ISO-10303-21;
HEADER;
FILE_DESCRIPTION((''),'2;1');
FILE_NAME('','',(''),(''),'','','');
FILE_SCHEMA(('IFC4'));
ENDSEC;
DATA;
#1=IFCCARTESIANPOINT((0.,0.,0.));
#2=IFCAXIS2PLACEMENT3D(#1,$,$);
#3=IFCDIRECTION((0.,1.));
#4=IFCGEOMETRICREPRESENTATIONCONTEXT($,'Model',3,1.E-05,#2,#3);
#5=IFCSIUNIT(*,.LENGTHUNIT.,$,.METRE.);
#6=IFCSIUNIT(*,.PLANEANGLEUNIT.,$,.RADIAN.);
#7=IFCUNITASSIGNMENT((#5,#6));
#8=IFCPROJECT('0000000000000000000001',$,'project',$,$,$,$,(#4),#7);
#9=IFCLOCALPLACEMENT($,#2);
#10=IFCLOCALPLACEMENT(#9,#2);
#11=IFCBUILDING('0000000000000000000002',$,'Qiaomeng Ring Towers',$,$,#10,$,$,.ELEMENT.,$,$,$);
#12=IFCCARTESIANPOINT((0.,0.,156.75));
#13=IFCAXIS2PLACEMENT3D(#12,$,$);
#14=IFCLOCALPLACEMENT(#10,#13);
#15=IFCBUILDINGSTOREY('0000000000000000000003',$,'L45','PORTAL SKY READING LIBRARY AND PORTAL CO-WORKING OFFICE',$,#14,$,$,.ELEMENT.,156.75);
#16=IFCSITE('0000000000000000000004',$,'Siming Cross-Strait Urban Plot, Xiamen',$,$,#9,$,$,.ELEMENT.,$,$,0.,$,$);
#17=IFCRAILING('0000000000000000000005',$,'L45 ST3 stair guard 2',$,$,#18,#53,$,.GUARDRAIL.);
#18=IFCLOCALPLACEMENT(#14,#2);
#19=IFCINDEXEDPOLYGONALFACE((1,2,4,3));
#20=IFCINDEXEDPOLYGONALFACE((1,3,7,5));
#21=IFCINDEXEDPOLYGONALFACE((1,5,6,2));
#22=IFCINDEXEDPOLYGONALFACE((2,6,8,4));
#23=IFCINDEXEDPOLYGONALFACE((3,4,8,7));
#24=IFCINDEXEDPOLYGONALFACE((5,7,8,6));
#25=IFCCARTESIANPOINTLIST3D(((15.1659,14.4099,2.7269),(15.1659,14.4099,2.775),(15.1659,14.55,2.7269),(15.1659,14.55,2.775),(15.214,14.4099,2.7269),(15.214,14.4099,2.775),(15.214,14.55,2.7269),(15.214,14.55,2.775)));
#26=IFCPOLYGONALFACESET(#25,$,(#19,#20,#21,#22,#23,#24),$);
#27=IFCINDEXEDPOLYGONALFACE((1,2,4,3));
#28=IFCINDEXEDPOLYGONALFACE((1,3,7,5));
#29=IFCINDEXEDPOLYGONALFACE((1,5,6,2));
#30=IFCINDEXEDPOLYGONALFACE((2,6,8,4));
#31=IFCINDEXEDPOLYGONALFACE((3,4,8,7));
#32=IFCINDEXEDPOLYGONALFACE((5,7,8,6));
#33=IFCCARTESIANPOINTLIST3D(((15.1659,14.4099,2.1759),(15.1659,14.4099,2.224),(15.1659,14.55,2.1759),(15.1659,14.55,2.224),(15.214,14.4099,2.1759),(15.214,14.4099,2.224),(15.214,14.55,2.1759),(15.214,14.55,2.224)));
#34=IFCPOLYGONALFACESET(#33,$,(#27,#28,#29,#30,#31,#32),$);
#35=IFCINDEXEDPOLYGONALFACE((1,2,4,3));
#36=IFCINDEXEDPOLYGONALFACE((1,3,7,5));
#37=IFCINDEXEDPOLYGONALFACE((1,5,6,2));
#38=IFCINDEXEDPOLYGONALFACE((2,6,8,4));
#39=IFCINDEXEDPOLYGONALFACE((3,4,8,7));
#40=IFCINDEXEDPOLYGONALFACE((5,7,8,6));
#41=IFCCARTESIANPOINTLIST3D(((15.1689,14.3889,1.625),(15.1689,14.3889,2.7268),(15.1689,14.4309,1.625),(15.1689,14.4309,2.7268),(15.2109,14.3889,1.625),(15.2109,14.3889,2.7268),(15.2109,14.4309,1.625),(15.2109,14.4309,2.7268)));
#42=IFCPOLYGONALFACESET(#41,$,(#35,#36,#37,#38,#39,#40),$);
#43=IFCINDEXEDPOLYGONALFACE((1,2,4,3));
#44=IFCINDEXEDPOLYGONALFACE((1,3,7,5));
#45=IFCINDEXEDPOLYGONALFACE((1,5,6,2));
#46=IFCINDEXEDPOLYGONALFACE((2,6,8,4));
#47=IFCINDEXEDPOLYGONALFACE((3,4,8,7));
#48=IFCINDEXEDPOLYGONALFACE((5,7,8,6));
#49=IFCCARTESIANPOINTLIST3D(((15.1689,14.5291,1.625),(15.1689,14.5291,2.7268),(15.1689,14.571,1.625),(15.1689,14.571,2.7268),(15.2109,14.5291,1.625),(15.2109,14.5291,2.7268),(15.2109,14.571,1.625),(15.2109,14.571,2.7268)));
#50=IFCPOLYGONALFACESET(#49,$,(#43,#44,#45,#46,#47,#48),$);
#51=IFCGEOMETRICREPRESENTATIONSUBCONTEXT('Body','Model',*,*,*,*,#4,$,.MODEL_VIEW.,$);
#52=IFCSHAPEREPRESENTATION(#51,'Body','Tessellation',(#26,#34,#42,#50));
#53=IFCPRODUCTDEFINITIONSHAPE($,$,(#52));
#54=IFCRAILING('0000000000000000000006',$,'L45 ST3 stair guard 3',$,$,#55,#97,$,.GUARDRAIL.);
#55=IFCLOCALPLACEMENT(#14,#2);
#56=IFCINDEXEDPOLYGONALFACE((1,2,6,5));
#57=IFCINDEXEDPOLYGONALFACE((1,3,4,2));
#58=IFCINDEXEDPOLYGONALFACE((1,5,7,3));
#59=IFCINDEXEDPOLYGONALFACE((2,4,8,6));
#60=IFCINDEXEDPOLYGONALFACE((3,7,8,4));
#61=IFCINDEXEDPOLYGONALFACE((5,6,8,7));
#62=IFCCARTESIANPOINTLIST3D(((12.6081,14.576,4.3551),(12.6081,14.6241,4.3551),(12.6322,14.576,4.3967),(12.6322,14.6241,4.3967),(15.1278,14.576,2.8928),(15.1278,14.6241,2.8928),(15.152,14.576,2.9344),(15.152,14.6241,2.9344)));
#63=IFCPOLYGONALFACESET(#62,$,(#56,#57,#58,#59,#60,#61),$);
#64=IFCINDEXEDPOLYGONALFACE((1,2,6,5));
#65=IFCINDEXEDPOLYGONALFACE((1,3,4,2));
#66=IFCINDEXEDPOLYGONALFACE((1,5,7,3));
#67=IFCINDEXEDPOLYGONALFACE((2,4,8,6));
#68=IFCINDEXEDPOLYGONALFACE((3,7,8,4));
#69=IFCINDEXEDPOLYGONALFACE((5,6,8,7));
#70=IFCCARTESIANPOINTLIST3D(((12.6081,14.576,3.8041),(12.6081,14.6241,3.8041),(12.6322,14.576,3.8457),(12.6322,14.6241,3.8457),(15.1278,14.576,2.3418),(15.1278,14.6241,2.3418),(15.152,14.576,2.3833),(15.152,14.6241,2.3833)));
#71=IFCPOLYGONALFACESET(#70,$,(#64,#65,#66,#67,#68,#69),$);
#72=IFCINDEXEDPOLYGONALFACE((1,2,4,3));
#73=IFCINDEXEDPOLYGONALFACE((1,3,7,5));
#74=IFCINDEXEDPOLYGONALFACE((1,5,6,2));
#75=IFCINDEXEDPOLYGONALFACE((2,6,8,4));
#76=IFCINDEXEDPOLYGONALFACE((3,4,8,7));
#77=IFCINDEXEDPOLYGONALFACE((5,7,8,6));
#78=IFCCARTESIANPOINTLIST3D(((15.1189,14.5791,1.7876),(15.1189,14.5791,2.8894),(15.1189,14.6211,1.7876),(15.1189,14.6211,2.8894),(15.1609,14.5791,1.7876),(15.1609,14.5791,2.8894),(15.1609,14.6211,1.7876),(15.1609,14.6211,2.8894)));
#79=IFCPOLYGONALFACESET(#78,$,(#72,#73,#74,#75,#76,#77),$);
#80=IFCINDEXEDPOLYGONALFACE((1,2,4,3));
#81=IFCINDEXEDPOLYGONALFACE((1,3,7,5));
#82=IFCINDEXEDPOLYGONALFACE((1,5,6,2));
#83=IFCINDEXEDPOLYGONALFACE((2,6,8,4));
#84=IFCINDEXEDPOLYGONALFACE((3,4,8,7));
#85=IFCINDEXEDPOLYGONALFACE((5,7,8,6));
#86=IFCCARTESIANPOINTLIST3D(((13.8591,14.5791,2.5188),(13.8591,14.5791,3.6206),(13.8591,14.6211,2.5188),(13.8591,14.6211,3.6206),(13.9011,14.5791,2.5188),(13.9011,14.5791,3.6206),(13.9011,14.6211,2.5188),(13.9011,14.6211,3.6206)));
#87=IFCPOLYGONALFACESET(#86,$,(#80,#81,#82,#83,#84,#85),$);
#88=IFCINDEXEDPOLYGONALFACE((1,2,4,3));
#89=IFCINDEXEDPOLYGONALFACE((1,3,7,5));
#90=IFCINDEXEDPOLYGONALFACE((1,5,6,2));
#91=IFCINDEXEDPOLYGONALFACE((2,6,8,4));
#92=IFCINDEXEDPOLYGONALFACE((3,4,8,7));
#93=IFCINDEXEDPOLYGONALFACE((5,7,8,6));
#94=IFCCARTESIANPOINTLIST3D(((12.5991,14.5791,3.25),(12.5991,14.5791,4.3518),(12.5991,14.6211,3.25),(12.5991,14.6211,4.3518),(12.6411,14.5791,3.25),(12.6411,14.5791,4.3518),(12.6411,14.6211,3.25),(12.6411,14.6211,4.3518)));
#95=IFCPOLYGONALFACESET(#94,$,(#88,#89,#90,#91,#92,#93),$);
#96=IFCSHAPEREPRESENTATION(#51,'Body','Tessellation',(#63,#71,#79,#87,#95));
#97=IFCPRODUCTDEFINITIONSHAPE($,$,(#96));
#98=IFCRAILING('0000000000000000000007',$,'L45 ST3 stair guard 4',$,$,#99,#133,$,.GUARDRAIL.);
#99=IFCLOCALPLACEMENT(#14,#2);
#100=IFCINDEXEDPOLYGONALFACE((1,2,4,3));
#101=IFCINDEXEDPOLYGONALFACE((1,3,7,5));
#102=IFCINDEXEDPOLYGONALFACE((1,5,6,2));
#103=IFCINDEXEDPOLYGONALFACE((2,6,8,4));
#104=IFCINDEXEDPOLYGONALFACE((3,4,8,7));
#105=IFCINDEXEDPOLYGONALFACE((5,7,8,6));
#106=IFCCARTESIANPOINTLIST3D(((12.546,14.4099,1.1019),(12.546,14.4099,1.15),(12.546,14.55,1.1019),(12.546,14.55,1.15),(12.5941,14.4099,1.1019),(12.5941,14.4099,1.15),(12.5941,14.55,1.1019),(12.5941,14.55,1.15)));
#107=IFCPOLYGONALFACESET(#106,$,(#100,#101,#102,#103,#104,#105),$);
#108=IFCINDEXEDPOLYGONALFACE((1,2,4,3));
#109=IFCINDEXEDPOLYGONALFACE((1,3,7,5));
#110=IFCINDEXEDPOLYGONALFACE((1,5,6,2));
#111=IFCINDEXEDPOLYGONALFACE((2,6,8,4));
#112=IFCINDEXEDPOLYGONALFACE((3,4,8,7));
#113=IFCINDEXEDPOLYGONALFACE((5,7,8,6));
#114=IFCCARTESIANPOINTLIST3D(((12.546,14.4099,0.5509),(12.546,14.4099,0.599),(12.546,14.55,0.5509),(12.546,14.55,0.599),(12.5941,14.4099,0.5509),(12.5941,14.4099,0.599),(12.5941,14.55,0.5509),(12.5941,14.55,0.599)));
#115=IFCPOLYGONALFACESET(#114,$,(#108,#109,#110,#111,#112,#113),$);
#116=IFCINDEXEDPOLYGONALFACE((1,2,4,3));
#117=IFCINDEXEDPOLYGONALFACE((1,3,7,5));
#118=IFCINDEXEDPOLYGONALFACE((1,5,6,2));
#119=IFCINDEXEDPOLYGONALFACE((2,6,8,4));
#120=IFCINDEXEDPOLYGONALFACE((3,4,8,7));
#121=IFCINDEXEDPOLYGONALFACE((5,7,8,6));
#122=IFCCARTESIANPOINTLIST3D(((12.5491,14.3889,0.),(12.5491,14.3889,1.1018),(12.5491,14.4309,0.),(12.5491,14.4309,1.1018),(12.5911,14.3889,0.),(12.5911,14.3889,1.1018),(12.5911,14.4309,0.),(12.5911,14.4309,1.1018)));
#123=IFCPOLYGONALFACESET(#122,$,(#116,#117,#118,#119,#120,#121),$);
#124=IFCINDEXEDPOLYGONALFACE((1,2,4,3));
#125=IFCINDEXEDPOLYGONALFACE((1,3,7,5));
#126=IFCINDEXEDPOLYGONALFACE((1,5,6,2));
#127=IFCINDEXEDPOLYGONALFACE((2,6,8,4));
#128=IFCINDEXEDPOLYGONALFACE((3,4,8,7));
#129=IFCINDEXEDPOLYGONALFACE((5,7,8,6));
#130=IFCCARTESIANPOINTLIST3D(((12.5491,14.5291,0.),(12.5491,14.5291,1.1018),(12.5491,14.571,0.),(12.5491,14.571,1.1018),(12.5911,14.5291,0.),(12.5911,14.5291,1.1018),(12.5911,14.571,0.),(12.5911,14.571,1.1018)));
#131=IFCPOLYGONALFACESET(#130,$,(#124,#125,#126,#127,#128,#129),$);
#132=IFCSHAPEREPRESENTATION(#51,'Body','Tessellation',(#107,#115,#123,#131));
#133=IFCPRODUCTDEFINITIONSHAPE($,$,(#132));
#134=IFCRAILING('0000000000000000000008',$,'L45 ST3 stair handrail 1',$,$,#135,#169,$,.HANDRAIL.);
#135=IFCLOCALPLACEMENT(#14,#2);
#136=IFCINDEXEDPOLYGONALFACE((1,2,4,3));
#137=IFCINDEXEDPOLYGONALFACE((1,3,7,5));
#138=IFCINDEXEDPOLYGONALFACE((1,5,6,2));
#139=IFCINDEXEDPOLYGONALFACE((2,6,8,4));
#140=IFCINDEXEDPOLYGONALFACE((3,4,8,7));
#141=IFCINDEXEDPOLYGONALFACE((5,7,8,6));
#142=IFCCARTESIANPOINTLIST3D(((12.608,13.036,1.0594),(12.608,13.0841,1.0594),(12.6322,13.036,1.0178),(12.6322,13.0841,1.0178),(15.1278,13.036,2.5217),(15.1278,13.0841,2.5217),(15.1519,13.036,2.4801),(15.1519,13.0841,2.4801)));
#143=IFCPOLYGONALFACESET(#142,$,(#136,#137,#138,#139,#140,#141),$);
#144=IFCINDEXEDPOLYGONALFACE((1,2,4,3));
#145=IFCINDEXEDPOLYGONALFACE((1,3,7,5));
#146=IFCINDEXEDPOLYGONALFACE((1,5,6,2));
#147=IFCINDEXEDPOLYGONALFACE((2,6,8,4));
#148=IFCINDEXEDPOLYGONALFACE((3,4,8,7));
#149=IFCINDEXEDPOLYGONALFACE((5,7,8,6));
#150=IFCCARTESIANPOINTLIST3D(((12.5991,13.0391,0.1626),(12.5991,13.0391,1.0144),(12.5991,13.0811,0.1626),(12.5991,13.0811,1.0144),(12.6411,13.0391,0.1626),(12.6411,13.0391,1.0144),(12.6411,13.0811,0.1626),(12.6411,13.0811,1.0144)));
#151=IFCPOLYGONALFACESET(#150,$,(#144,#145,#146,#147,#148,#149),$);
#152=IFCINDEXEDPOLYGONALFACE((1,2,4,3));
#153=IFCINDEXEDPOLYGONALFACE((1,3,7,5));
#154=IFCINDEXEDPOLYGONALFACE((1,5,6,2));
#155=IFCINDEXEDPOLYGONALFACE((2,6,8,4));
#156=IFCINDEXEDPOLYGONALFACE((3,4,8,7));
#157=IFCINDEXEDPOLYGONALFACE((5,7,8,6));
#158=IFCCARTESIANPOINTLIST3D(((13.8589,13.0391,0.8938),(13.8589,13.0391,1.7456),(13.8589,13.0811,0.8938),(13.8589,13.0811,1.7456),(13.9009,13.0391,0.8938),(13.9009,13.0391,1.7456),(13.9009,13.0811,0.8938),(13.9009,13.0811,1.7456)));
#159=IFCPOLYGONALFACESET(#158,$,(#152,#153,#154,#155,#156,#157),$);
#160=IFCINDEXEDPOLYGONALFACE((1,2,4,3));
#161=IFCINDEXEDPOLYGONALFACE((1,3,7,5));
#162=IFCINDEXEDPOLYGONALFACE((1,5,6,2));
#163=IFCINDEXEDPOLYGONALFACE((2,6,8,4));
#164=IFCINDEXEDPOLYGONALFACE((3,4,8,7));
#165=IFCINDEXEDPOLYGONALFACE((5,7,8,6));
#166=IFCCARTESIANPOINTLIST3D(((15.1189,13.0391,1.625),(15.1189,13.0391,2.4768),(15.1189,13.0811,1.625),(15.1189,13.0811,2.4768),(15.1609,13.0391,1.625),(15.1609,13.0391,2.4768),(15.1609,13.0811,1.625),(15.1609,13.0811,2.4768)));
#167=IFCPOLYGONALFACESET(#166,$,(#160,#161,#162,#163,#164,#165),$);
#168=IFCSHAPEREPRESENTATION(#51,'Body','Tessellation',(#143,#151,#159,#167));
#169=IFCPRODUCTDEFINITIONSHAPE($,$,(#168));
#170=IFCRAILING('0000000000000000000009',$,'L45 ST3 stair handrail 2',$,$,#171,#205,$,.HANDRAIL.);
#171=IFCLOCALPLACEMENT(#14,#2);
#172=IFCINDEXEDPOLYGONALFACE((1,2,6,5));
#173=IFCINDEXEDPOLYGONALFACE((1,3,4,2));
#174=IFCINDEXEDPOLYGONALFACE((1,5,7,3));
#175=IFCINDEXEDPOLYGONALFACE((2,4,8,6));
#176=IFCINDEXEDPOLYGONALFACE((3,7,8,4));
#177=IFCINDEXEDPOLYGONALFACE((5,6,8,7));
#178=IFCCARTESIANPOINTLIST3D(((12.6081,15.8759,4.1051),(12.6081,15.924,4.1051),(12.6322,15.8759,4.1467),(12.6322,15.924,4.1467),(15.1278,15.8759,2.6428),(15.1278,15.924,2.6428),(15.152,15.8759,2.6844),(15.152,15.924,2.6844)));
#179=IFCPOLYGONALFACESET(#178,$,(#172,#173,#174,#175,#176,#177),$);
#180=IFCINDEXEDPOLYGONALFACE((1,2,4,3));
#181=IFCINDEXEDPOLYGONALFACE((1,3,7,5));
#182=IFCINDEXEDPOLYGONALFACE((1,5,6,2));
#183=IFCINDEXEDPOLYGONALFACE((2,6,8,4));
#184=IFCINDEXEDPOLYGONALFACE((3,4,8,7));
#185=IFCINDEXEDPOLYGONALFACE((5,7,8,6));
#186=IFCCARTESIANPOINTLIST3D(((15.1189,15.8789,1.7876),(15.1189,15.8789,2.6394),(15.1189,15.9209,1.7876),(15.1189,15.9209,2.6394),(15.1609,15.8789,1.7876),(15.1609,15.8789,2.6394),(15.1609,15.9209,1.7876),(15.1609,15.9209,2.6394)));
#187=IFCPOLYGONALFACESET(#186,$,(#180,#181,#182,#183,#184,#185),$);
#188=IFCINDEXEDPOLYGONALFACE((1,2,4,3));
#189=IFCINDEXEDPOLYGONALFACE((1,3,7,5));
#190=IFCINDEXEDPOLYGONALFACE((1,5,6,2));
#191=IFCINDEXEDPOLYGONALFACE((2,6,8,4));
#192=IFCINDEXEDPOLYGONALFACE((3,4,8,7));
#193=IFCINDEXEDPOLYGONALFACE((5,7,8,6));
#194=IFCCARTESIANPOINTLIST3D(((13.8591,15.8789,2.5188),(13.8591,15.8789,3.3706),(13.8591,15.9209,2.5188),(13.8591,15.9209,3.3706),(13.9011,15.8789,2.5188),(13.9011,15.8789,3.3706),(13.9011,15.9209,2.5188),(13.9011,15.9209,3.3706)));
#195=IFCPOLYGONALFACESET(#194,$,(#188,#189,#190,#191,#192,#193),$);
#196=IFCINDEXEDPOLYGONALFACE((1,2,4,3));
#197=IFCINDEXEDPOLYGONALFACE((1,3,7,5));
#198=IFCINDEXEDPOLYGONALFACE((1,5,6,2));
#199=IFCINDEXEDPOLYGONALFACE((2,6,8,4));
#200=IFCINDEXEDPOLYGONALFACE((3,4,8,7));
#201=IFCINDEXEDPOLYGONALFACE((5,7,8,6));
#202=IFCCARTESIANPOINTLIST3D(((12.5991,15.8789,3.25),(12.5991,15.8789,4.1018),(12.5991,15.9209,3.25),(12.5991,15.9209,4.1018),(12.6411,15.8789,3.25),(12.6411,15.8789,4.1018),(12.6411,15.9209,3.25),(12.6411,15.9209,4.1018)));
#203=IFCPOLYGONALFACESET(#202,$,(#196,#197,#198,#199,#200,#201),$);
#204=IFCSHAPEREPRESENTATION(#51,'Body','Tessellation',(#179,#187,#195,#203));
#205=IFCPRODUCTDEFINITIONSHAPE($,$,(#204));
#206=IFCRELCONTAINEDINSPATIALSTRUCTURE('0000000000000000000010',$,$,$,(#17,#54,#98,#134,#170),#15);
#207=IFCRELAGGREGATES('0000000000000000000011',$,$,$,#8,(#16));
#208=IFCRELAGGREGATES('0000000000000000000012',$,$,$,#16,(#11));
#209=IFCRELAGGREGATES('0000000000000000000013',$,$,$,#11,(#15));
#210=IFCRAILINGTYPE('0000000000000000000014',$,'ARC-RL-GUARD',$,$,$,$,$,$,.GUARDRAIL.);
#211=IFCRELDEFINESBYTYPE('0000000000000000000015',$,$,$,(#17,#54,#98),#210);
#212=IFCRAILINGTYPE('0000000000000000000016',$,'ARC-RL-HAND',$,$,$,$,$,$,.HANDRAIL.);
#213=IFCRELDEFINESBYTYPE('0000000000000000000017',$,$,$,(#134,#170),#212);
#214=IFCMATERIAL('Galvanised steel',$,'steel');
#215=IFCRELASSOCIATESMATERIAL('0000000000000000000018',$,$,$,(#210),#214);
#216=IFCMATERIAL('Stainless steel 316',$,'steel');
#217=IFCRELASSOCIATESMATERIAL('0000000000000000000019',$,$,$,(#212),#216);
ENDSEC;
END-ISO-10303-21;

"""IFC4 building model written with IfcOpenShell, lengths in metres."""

from ifc_helpers import new_model, si_unit, direction, frame, origin, origin_2d, place, context, subcontext, project, spatial, rectangle, extrude, material, type_object, element, save


model = new_model("IFC4")

# Units and contexts
model_context = context("Model", 3, precision=1e-05, world=origin(), true_north=direction((0.0, 1.0)))
body_context = subcontext(model_context, "Body", "Model", "MODEL_VIEW")
ifc_project = project(units=[si_unit("LENGTHUNIT", "METRE"), si_unit("PLANEANGLEUNIT", "RADIAN")], contexts=[model_context])

# Site, building, storey
site_placement = place(None, origin())
site = spatial("IfcSite", under=ifc_project, at=site_placement, Name="Siming Cross-Strait Urban Plot, Xiamen", CompositionType="ELEMENT", RefElevation=0.0)
building_placement = place(site_placement, origin())
building = spatial("IfcBuilding", under=site, at=building_placement, Name="Qiaomeng Ring Towers", CompositionType="ELEMENT")
storey_placement = place(building_placement, frame((0.0, 0.0, 156.75)))
storey = spatial("IfcBuildingStorey", under=building, at=storey_placement, Name="L45", Description="PORTAL SKY READING LIBRARY AND PORTAL CO-WORKING OFFICE", CompositionType="ELEMENT", Elevation=156.75)

# Shared definitions
ifc_material_1 = material(Name="Galvanised steel", Category="steel")

# Railings
railing_type_1 = type_object("IfcRailingType", Name="ARC-RL-GUARD", PredefinedType="GUARDRAIL", material=ifc_material_1)
railing_1_placement = place(storey_placement, frame((15.1899, 14.4099, 1.625)))
element("IfcRailing", 1, at=railing_1_placement, inside=storey, type_object=railing_type_1, Name="L45 ST3 stair guard 2", PredefinedType="GUARDRAIL", context=body_context, shape_type="SweptSolid", body=[
    extrude(rectangle(XDim=0.0481, YDim=0.0481, at=origin_2d()), frame((0.0, 0.0, 1.126), z_axis=(0.0, 1.0, 0.0), x_axis=(-1.0, 0.0, 0.0)), (0.0, 0.0, 1.0), 0.1401),
    extrude(rectangle(XDim=0.0481, YDim=0.0481, at=origin_2d()), frame((0.0, 0.0, 0.575), z_axis=(0.0, 1.0, 0.0), x_axis=(-1.0, 0.0, 0.0)), (0.0, 0.0, 1.0), 0.1401),
    extrude(rectangle(XDim=0.042, YDim=0.042, at=origin_2d()), origin(), (0.0, 0.0, 1.0), 1.1018),
    extrude(rectangle(XDim=0.042, YDim=0.042, at=origin_2d()), frame((0.0, 0.1401, 0.0)), (0.0, 0.0, 1.0), 1.1018),
])
railing_2_placement = place(storey_placement, frame((15.1399, 14.6001, 1.7876)))
element("IfcRailing", 2, at=railing_2_placement, inside=storey, type_object=railing_type_1, Name="L45 ST3 stair guard 3", PredefinedType="GUARDRAIL", context=body_context, shape_type="SweptSolid", body=[
    extrude(rectangle(XDim=0.0481, YDim=0.0481, at=origin_2d()), frame((0.0, 0.0, 1.126), z_axis=(-0.864892, 0.0, 0.501958), x_axis=(0.0, -1.0, 0.0)), (0.0, 0.0, 1.0), 2.9133),
    extrude(rectangle(XDim=0.0481, YDim=0.0481, at=origin_2d()), frame((0.0, 0.0, 0.575), z_axis=(-0.864892, 0.0, 0.501958), x_axis=(0.0, -1.0, 0.0)), (0.0, 0.0, 1.0), 2.9133),
    extrude(rectangle(XDim=0.042, YDim=0.042, at=origin_2d()), origin(), (0.0, 0.0, 1.0), 1.1018),
    extrude(rectangle(XDim=0.042, YDim=0.042, at=origin_2d()), frame((-1.2598, 0.0, 0.7312)), (0.0, 0.0, 1.0), 1.1018),
    extrude(rectangle(XDim=0.042, YDim=0.042, at=origin_2d()), frame((-2.5198, 0.0, 1.4624)), (0.0, 0.0, 1.0), 1.1018),
])
railing_3_placement = place(storey_placement, frame((12.5701, 14.4099, 0.0)))
element("IfcRailing", 3, at=railing_3_placement, inside=storey, type_object=railing_type_1, Name="L45 ST3 stair guard 4", PredefinedType="GUARDRAIL", context=body_context, shape_type="SweptSolid", body=[
    extrude(rectangle(XDim=0.0481, YDim=0.0481, at=origin_2d()), frame((0.0, 0.0, 1.126), z_axis=(0.0, 1.0, 0.0), x_axis=(-1.0, 0.0, 0.0)), (0.0, 0.0, 1.0), 0.1401),
    extrude(rectangle(XDim=0.0481, YDim=0.0481, at=origin_2d()), frame((0.0, 0.0, 0.575), z_axis=(0.0, 1.0, 0.0), x_axis=(-1.0, 0.0, 0.0)), (0.0, 0.0, 1.0), 0.1401),
    extrude(rectangle(XDim=0.042, YDim=0.042, at=origin_2d()), origin(), (0.0, 0.0, 1.0), 1.1018),
    extrude(rectangle(XDim=0.042, YDim=0.042, at=origin_2d()), frame((0.0, 0.1401, 0.0)), (0.0, 0.0, 1.0), 1.1018),
])
ifc_material_2 = material(Name="Stainless steel 316", Category="steel")
railing_type_2 = type_object("IfcRailingType", Name="ARC-RL-HAND", PredefinedType="HANDRAIL", material=ifc_material_2)
railing_4_placement = place(storey_placement, frame((12.6201, 13.0601, 0.1626)))
element("IfcRailing", 4, at=railing_4_placement, inside=storey, type_object=railing_type_2, Name="L45 ST3 stair handrail 1", PredefinedType="HANDRAIL", context=body_context, shape_type="SweptSolid", body=[
    extrude(rectangle(XDim=0.0481, YDim=0.0481, at=origin_2d()), frame((0.0, 0.0, 0.876), z_axis=(0.864892, 0.0, 0.501958), x_axis=(0.0, 1.0, 0.0)), (0.0, 0.0, 1.0), 2.9133),
    extrude(rectangle(XDim=0.042, YDim=0.042, at=origin_2d()), origin(), (0.0, 0.0, 1.0), 0.8518),
    extrude(rectangle(XDim=0.042, YDim=0.042, at=origin_2d()), frame((1.2598, 0.0, 0.7312)), (0.0, 0.0, 1.0), 0.8518),
    extrude(rectangle(XDim=0.042, YDim=0.042, at=origin_2d()), frame((2.5198, 0.0, 1.4624)), (0.0, 0.0, 1.0), 0.8518),
])
railing_5_placement = place(storey_placement, frame((15.1399, 15.8999, 1.7876)))
element("IfcRailing", 5, at=railing_5_placement, inside=storey, type_object=railing_type_2, Name="L45 ST3 stair handrail 2", PredefinedType="HANDRAIL", context=body_context, shape_type="SweptSolid", body=[
    extrude(rectangle(XDim=0.0481, YDim=0.0481, at=origin_2d()), frame((0.0, 0.0, 0.876), z_axis=(-0.864892, 0.0, 0.501958), x_axis=(0.0, -1.0, 0.0)), (0.0, 0.0, 1.0), 2.9133),
    extrude(rectangle(XDim=0.042, YDim=0.042, at=origin_2d()), origin(), (0.0, 0.0, 1.0), 0.8518),
    extrude(rectangle(XDim=0.042, YDim=0.042, at=origin_2d()), frame((-1.2598, 0.0, 0.7312)), (0.0, 0.0, 1.0), 0.8518),
    extrude(rectangle(XDim=0.042, YDim=0.042, at=origin_2d()), frame((-2.5198, 0.0, 1.4624)), (0.0, 0.0, 1.0), 0.8518),
])

save(model, "model.ifc")
